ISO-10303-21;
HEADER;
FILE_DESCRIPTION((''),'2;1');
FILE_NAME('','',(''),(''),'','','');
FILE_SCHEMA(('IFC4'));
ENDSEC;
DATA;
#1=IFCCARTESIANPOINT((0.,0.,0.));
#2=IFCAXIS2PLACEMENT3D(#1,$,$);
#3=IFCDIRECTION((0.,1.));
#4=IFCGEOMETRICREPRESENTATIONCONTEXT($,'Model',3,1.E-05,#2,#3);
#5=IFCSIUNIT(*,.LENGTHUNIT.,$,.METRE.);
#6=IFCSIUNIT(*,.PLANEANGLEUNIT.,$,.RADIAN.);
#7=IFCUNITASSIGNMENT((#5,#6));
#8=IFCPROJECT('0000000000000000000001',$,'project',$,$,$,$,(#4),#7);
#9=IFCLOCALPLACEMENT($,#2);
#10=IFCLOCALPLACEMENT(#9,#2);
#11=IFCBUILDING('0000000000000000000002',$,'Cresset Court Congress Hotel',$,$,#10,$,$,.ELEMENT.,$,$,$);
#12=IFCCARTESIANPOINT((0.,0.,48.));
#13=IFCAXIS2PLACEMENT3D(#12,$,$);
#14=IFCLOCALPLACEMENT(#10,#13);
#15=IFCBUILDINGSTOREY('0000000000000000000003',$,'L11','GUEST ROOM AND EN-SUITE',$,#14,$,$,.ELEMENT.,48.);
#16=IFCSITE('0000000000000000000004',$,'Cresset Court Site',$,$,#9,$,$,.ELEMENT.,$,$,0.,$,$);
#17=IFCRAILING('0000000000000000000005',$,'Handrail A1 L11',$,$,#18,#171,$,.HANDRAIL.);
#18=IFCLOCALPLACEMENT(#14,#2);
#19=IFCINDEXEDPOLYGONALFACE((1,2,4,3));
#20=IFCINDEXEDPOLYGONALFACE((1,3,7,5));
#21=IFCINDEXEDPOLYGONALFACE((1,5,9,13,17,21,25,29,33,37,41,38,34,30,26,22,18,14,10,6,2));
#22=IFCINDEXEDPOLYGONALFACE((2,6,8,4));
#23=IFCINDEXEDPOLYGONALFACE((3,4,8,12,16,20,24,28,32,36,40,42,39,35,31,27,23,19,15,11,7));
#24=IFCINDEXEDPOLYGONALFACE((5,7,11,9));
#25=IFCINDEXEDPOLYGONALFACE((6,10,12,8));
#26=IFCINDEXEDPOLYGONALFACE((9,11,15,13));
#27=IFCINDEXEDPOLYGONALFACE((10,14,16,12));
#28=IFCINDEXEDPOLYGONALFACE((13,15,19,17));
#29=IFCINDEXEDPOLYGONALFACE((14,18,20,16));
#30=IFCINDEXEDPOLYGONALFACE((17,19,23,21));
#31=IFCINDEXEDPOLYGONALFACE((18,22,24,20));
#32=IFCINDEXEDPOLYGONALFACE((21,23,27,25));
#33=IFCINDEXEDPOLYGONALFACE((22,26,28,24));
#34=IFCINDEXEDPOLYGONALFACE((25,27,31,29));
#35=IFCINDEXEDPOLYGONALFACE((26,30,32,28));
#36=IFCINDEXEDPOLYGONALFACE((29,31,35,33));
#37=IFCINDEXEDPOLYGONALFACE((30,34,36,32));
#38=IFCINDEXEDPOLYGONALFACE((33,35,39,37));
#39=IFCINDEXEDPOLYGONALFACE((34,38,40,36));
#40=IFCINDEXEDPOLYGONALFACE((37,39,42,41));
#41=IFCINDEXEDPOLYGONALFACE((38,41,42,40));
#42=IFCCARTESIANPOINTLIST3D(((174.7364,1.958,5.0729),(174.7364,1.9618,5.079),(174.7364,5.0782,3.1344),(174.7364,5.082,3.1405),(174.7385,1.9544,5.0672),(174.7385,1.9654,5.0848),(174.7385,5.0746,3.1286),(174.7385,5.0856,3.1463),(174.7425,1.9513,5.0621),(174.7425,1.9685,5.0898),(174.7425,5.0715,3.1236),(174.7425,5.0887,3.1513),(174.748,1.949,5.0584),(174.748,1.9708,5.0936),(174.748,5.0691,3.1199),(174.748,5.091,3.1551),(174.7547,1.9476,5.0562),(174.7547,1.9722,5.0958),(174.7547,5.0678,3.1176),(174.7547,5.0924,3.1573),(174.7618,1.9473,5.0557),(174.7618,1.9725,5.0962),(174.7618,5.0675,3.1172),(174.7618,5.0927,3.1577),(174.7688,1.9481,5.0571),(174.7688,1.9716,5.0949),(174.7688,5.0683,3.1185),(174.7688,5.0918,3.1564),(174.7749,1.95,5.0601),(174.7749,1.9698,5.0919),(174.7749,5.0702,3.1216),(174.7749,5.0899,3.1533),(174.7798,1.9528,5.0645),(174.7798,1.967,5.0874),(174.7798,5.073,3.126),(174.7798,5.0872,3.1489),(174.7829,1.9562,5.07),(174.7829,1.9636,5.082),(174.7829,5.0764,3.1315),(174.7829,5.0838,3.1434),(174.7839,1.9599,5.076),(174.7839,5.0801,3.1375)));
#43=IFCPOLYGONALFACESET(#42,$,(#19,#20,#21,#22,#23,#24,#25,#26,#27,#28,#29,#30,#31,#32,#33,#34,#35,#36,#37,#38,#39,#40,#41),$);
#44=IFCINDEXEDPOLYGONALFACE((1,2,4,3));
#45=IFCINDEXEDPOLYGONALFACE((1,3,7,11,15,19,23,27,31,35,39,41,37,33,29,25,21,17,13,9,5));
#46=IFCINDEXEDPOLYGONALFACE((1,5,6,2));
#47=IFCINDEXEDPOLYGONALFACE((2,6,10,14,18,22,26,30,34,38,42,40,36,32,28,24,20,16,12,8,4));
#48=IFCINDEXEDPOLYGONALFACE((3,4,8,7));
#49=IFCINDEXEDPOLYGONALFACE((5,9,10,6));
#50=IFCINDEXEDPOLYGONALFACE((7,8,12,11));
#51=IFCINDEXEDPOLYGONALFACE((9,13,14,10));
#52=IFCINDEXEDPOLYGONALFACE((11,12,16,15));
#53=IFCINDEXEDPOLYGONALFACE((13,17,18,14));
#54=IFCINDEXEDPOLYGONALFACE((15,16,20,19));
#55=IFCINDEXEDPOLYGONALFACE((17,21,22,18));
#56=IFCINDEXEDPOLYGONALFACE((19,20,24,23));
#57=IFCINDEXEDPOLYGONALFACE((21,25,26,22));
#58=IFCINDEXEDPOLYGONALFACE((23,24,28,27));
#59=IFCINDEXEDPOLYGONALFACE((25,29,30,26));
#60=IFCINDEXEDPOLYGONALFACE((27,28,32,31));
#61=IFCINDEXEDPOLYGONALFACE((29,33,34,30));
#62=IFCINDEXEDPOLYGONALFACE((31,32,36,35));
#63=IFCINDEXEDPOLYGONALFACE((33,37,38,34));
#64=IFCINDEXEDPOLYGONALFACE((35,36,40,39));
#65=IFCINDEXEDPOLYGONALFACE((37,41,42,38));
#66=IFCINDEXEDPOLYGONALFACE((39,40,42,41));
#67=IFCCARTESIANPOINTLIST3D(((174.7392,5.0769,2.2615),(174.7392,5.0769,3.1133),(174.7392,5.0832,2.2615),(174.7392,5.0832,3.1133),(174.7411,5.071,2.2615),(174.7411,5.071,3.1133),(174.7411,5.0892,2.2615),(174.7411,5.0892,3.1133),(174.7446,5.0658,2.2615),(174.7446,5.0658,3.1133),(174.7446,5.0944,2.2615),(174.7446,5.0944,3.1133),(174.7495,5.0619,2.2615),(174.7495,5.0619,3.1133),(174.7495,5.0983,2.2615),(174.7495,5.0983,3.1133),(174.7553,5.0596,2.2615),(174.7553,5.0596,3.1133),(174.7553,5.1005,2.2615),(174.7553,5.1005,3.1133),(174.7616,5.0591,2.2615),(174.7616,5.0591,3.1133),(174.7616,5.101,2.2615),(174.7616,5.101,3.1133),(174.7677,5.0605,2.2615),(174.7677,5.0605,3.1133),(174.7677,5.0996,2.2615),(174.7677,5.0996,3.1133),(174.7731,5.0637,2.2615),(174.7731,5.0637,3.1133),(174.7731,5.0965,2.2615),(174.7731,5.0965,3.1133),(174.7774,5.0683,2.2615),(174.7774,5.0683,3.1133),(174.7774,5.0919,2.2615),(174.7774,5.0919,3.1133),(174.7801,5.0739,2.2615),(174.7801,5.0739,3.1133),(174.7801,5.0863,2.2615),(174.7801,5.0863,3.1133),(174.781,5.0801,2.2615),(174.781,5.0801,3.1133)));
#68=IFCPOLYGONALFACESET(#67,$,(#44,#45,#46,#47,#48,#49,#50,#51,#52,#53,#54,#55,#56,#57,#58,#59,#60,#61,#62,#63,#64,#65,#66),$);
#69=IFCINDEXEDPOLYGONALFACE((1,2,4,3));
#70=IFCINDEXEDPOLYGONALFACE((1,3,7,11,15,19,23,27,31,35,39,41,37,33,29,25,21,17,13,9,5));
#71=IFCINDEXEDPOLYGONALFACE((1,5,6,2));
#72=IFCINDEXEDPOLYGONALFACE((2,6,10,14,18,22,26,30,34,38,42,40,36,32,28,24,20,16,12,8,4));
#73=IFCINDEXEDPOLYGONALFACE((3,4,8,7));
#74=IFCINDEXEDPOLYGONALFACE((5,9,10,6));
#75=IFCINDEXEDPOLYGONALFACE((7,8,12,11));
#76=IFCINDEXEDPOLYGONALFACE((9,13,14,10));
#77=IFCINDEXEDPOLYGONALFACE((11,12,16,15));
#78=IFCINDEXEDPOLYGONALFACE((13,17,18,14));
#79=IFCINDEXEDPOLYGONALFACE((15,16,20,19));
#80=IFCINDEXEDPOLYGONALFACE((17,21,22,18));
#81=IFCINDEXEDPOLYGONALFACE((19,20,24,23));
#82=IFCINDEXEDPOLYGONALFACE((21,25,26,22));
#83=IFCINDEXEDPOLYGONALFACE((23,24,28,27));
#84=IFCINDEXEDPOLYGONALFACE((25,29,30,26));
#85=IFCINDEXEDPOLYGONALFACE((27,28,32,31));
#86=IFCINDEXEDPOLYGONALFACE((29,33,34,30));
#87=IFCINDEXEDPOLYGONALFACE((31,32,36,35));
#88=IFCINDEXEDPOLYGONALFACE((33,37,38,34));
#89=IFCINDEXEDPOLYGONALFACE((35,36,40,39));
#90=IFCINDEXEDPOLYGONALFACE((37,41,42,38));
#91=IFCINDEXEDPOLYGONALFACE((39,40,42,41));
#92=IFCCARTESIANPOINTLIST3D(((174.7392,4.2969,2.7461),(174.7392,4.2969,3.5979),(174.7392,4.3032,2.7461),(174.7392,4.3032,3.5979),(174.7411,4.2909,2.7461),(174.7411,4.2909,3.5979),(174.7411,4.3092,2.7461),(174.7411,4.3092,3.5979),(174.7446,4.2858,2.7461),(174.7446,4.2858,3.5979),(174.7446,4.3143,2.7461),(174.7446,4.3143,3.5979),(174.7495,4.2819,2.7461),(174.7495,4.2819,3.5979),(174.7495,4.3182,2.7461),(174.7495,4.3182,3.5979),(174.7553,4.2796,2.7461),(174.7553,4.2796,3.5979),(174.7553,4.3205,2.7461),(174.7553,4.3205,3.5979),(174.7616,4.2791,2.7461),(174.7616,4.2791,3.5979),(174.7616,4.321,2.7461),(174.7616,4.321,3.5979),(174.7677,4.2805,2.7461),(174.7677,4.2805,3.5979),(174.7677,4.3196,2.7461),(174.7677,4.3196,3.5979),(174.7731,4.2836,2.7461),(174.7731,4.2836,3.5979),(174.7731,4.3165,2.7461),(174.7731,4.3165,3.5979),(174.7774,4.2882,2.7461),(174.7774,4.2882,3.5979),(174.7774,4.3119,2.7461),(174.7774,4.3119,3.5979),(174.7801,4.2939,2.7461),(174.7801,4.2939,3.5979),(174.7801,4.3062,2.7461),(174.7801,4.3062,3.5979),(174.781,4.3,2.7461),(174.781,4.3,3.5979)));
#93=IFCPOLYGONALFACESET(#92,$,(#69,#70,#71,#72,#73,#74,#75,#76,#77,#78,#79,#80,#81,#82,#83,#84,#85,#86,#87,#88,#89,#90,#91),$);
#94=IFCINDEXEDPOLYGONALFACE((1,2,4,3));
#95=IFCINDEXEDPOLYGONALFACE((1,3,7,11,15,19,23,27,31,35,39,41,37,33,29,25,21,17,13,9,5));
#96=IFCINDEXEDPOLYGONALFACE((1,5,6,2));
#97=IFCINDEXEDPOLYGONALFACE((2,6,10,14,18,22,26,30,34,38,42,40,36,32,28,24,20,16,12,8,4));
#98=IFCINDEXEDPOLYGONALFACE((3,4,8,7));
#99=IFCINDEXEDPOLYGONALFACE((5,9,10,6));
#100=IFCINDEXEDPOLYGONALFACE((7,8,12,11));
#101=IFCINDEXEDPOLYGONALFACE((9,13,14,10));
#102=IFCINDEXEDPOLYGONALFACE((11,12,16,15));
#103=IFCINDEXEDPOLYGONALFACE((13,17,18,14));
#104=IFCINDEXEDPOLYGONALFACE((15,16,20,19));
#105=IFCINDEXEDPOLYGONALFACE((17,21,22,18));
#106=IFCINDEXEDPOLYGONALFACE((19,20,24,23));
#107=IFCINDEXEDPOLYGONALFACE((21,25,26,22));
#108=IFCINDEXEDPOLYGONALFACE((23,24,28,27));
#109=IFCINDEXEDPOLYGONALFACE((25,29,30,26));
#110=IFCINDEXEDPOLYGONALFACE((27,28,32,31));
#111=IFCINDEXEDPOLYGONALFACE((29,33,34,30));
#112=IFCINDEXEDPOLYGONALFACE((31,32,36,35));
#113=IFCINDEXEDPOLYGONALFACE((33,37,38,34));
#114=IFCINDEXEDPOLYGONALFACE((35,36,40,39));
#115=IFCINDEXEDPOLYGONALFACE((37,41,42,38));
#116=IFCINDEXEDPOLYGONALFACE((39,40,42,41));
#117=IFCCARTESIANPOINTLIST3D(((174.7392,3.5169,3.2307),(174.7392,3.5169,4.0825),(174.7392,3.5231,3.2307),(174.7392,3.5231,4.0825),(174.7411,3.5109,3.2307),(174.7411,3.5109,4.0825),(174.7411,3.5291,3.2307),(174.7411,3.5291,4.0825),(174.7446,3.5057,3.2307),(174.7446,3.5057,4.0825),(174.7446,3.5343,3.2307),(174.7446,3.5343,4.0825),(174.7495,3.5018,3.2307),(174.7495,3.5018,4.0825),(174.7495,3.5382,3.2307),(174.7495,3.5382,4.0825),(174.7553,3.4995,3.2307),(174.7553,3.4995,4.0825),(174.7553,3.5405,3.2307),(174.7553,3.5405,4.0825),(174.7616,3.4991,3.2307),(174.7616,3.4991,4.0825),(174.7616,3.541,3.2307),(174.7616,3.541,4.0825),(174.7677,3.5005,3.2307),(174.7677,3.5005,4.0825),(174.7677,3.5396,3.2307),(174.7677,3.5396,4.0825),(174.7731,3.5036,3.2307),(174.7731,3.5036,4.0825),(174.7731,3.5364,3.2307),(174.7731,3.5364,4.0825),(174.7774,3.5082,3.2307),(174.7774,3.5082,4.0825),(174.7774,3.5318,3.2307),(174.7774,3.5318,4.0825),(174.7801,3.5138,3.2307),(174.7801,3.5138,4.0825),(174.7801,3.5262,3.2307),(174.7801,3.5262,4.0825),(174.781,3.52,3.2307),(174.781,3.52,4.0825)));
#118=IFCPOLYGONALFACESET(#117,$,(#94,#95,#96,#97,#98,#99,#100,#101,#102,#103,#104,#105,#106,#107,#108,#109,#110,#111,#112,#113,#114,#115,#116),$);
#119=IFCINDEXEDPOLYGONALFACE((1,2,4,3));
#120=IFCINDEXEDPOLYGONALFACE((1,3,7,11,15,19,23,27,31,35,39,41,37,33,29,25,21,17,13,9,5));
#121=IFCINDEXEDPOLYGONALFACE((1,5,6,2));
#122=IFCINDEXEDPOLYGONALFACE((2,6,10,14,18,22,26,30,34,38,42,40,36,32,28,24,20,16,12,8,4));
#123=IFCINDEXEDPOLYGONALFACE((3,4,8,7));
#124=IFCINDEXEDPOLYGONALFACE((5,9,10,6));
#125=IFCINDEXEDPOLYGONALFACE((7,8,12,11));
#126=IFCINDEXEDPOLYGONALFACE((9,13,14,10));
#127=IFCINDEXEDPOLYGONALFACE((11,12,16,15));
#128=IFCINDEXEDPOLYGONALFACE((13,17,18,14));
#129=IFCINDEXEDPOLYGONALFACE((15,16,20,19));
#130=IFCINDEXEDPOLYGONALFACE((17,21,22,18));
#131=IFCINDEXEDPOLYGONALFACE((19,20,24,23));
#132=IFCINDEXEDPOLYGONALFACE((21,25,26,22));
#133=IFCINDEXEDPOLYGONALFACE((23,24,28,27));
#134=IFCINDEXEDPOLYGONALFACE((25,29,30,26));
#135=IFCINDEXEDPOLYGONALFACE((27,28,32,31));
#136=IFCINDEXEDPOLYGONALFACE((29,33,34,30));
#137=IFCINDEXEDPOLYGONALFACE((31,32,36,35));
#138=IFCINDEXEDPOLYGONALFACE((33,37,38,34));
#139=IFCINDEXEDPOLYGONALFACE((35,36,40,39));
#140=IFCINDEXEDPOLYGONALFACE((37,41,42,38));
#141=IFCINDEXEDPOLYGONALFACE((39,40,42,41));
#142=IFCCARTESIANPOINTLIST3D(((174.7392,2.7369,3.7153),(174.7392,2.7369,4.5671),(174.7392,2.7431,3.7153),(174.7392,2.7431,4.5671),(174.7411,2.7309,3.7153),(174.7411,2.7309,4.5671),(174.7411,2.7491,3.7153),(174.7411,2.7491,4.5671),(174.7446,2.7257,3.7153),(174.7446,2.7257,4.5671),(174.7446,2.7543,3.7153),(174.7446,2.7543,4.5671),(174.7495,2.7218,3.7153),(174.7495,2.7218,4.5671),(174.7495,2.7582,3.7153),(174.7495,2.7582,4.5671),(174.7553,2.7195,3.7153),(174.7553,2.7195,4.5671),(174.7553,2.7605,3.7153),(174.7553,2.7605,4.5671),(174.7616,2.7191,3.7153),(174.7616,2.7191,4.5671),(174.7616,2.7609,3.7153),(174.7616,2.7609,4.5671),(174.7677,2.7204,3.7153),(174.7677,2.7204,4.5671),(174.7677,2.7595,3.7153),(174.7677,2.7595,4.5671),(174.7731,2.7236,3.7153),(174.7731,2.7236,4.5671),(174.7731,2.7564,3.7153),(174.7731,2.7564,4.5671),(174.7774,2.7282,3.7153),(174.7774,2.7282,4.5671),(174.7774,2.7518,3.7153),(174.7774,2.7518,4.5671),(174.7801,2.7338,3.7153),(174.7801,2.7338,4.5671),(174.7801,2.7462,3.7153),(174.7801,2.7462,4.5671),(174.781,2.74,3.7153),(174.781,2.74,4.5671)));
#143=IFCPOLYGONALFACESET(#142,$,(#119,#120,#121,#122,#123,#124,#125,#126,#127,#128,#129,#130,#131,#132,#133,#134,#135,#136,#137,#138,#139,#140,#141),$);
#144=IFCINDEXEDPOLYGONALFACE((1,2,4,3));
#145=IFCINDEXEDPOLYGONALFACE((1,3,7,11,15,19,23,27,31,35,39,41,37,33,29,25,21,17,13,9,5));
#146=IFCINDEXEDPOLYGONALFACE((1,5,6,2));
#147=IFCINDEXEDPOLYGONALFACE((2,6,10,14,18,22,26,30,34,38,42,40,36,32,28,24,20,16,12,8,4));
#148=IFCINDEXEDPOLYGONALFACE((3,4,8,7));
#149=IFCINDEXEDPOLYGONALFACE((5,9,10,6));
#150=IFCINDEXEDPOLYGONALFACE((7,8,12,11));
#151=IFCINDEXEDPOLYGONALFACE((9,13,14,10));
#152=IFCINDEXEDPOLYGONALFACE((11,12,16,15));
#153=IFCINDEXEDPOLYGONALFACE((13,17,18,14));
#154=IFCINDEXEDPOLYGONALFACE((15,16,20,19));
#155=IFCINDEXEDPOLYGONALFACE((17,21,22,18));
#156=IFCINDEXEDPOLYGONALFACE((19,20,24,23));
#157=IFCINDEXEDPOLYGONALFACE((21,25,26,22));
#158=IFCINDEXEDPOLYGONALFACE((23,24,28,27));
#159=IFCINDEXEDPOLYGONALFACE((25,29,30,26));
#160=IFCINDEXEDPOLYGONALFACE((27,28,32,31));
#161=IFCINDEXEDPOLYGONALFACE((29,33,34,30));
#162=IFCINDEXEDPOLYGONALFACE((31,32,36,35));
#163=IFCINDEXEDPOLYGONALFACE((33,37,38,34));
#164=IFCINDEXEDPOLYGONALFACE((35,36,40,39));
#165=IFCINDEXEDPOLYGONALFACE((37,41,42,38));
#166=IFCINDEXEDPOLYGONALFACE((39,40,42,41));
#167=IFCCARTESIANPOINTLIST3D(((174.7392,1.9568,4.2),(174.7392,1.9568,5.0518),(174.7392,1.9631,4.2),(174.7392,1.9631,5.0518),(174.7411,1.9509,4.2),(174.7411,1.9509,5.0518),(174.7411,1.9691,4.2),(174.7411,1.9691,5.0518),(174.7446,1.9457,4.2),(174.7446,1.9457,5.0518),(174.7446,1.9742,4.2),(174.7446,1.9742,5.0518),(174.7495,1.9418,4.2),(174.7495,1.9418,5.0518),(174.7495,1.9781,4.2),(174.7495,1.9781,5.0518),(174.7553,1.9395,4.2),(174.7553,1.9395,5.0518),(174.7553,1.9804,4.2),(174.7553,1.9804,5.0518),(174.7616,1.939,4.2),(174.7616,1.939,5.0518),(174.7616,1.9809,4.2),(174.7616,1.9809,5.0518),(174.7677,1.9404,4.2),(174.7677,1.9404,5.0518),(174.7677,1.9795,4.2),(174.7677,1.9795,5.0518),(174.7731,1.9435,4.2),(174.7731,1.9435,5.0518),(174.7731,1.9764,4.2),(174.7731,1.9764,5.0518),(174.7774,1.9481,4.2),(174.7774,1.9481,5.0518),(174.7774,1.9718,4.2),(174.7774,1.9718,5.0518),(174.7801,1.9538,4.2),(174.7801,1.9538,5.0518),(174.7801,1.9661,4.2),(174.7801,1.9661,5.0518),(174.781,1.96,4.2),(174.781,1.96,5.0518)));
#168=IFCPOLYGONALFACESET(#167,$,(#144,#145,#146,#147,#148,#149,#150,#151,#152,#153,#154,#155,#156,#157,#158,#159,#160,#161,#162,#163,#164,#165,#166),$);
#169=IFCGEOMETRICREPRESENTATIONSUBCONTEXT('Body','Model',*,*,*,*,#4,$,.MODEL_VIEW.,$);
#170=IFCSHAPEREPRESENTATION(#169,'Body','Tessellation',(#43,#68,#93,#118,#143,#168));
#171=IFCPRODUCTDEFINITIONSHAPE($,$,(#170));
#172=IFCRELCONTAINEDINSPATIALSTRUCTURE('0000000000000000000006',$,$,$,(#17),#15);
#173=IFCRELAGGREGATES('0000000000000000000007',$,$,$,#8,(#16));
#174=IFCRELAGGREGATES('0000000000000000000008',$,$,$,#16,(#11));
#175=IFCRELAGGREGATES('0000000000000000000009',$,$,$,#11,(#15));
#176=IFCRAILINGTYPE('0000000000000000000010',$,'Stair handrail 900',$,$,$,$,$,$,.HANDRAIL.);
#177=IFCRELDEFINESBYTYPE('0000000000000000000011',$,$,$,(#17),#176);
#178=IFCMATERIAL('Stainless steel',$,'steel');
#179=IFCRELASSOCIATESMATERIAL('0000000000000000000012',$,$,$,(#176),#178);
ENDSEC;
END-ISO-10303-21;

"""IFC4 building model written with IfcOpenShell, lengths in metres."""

from ifc_helpers import new_model, si_unit, direction, frame, origin, origin_2d, place, context, subcontext, project, spatial, circle, extrude, material, type_object, element, save


model = new_model("IFC4")

# Units and contexts
model_context = context("Model", 3, precision=1e-05, world=origin(), true_north=direction((0.0, 1.0)))
body_context = subcontext(model_context, "Body", "Model", "MODEL_VIEW")
ifc_project = project(units=[si_unit("LENGTHUNIT", "METRE"), si_unit("PLANEANGLEUNIT", "RADIAN")], contexts=[model_context])

# Site, building, storey
site_placement = place(None, origin())
site = spatial("IfcSite", under=ifc_project, at=site_placement, Name="Cresset Court Site", CompositionType="ELEMENT", RefElevation=0.0)
building_placement = place(site_placement, origin())
building = spatial("IfcBuilding", under=site, at=building_placement, Name="Cresset Court Congress Hotel", CompositionType="ELEMENT")
storey_placement = place(building_placement, frame((0.0, 0.0, 48.0)))
storey = spatial("IfcBuildingStorey", under=building, at=storey_placement, Name="L11", Description="GUEST ROOM AND EN-SUITE", CompositionType="ELEMENT", Elevation=48.0)

# Railing
ifc_material_1 = material(Name="Stainless steel", Category="steel")
railing_type_1 = type_object("IfcRailingType", Name="Stair handrail 900", PredefinedType="HANDRAIL", material=ifc_material_1)
for number, where, name in (
    (1, (174.76, 5.0801, 2.2615), "Handrail A1 L11"),
):
    element("IfcRailing", number, at=place(storey_placement, frame(where)), inside=storey, type_object=railing_type_1, Name=name, PredefinedType="HANDRAIL", context=body_context, shape_type="SweptSolid", body=[
        extrude(circle(Radius=0.0239, at=origin_2d()), frame((0.0, 0.0, 0.876), z_axis=(0.0, -0.849414, 0.527727), x_axis=(1.0, 0.0, 0.0)), (0.0, 0.0, 1.0), 3.6733),
        extrude(circle(Radius=0.021, at=origin_2d()), origin(), (0.0, 0.0, 1.0), 0.8518),
        extrude(circle(Radius=0.021, at=origin_2d()), frame((0.0, -0.78, 0.4846)), (0.0, 0.0, 1.0), 0.8518),
        extrude(circle(Radius=0.021, at=origin_2d()), frame((0.0, -1.5601, 0.9692)), (0.0, 0.0, 1.0), 0.8518),
        extrude(circle(Radius=0.021, at=origin_2d()), frame((0.0, -2.3401, 1.4539)), (0.0, 0.0, 1.0), 0.8518),
        extrude(circle(Radius=0.021, at=origin_2d()), frame((0.0, -3.1201, 1.9385)), (0.0, 0.0, 1.0), 0.8518),
    ])

save(model, "model.ifc")
